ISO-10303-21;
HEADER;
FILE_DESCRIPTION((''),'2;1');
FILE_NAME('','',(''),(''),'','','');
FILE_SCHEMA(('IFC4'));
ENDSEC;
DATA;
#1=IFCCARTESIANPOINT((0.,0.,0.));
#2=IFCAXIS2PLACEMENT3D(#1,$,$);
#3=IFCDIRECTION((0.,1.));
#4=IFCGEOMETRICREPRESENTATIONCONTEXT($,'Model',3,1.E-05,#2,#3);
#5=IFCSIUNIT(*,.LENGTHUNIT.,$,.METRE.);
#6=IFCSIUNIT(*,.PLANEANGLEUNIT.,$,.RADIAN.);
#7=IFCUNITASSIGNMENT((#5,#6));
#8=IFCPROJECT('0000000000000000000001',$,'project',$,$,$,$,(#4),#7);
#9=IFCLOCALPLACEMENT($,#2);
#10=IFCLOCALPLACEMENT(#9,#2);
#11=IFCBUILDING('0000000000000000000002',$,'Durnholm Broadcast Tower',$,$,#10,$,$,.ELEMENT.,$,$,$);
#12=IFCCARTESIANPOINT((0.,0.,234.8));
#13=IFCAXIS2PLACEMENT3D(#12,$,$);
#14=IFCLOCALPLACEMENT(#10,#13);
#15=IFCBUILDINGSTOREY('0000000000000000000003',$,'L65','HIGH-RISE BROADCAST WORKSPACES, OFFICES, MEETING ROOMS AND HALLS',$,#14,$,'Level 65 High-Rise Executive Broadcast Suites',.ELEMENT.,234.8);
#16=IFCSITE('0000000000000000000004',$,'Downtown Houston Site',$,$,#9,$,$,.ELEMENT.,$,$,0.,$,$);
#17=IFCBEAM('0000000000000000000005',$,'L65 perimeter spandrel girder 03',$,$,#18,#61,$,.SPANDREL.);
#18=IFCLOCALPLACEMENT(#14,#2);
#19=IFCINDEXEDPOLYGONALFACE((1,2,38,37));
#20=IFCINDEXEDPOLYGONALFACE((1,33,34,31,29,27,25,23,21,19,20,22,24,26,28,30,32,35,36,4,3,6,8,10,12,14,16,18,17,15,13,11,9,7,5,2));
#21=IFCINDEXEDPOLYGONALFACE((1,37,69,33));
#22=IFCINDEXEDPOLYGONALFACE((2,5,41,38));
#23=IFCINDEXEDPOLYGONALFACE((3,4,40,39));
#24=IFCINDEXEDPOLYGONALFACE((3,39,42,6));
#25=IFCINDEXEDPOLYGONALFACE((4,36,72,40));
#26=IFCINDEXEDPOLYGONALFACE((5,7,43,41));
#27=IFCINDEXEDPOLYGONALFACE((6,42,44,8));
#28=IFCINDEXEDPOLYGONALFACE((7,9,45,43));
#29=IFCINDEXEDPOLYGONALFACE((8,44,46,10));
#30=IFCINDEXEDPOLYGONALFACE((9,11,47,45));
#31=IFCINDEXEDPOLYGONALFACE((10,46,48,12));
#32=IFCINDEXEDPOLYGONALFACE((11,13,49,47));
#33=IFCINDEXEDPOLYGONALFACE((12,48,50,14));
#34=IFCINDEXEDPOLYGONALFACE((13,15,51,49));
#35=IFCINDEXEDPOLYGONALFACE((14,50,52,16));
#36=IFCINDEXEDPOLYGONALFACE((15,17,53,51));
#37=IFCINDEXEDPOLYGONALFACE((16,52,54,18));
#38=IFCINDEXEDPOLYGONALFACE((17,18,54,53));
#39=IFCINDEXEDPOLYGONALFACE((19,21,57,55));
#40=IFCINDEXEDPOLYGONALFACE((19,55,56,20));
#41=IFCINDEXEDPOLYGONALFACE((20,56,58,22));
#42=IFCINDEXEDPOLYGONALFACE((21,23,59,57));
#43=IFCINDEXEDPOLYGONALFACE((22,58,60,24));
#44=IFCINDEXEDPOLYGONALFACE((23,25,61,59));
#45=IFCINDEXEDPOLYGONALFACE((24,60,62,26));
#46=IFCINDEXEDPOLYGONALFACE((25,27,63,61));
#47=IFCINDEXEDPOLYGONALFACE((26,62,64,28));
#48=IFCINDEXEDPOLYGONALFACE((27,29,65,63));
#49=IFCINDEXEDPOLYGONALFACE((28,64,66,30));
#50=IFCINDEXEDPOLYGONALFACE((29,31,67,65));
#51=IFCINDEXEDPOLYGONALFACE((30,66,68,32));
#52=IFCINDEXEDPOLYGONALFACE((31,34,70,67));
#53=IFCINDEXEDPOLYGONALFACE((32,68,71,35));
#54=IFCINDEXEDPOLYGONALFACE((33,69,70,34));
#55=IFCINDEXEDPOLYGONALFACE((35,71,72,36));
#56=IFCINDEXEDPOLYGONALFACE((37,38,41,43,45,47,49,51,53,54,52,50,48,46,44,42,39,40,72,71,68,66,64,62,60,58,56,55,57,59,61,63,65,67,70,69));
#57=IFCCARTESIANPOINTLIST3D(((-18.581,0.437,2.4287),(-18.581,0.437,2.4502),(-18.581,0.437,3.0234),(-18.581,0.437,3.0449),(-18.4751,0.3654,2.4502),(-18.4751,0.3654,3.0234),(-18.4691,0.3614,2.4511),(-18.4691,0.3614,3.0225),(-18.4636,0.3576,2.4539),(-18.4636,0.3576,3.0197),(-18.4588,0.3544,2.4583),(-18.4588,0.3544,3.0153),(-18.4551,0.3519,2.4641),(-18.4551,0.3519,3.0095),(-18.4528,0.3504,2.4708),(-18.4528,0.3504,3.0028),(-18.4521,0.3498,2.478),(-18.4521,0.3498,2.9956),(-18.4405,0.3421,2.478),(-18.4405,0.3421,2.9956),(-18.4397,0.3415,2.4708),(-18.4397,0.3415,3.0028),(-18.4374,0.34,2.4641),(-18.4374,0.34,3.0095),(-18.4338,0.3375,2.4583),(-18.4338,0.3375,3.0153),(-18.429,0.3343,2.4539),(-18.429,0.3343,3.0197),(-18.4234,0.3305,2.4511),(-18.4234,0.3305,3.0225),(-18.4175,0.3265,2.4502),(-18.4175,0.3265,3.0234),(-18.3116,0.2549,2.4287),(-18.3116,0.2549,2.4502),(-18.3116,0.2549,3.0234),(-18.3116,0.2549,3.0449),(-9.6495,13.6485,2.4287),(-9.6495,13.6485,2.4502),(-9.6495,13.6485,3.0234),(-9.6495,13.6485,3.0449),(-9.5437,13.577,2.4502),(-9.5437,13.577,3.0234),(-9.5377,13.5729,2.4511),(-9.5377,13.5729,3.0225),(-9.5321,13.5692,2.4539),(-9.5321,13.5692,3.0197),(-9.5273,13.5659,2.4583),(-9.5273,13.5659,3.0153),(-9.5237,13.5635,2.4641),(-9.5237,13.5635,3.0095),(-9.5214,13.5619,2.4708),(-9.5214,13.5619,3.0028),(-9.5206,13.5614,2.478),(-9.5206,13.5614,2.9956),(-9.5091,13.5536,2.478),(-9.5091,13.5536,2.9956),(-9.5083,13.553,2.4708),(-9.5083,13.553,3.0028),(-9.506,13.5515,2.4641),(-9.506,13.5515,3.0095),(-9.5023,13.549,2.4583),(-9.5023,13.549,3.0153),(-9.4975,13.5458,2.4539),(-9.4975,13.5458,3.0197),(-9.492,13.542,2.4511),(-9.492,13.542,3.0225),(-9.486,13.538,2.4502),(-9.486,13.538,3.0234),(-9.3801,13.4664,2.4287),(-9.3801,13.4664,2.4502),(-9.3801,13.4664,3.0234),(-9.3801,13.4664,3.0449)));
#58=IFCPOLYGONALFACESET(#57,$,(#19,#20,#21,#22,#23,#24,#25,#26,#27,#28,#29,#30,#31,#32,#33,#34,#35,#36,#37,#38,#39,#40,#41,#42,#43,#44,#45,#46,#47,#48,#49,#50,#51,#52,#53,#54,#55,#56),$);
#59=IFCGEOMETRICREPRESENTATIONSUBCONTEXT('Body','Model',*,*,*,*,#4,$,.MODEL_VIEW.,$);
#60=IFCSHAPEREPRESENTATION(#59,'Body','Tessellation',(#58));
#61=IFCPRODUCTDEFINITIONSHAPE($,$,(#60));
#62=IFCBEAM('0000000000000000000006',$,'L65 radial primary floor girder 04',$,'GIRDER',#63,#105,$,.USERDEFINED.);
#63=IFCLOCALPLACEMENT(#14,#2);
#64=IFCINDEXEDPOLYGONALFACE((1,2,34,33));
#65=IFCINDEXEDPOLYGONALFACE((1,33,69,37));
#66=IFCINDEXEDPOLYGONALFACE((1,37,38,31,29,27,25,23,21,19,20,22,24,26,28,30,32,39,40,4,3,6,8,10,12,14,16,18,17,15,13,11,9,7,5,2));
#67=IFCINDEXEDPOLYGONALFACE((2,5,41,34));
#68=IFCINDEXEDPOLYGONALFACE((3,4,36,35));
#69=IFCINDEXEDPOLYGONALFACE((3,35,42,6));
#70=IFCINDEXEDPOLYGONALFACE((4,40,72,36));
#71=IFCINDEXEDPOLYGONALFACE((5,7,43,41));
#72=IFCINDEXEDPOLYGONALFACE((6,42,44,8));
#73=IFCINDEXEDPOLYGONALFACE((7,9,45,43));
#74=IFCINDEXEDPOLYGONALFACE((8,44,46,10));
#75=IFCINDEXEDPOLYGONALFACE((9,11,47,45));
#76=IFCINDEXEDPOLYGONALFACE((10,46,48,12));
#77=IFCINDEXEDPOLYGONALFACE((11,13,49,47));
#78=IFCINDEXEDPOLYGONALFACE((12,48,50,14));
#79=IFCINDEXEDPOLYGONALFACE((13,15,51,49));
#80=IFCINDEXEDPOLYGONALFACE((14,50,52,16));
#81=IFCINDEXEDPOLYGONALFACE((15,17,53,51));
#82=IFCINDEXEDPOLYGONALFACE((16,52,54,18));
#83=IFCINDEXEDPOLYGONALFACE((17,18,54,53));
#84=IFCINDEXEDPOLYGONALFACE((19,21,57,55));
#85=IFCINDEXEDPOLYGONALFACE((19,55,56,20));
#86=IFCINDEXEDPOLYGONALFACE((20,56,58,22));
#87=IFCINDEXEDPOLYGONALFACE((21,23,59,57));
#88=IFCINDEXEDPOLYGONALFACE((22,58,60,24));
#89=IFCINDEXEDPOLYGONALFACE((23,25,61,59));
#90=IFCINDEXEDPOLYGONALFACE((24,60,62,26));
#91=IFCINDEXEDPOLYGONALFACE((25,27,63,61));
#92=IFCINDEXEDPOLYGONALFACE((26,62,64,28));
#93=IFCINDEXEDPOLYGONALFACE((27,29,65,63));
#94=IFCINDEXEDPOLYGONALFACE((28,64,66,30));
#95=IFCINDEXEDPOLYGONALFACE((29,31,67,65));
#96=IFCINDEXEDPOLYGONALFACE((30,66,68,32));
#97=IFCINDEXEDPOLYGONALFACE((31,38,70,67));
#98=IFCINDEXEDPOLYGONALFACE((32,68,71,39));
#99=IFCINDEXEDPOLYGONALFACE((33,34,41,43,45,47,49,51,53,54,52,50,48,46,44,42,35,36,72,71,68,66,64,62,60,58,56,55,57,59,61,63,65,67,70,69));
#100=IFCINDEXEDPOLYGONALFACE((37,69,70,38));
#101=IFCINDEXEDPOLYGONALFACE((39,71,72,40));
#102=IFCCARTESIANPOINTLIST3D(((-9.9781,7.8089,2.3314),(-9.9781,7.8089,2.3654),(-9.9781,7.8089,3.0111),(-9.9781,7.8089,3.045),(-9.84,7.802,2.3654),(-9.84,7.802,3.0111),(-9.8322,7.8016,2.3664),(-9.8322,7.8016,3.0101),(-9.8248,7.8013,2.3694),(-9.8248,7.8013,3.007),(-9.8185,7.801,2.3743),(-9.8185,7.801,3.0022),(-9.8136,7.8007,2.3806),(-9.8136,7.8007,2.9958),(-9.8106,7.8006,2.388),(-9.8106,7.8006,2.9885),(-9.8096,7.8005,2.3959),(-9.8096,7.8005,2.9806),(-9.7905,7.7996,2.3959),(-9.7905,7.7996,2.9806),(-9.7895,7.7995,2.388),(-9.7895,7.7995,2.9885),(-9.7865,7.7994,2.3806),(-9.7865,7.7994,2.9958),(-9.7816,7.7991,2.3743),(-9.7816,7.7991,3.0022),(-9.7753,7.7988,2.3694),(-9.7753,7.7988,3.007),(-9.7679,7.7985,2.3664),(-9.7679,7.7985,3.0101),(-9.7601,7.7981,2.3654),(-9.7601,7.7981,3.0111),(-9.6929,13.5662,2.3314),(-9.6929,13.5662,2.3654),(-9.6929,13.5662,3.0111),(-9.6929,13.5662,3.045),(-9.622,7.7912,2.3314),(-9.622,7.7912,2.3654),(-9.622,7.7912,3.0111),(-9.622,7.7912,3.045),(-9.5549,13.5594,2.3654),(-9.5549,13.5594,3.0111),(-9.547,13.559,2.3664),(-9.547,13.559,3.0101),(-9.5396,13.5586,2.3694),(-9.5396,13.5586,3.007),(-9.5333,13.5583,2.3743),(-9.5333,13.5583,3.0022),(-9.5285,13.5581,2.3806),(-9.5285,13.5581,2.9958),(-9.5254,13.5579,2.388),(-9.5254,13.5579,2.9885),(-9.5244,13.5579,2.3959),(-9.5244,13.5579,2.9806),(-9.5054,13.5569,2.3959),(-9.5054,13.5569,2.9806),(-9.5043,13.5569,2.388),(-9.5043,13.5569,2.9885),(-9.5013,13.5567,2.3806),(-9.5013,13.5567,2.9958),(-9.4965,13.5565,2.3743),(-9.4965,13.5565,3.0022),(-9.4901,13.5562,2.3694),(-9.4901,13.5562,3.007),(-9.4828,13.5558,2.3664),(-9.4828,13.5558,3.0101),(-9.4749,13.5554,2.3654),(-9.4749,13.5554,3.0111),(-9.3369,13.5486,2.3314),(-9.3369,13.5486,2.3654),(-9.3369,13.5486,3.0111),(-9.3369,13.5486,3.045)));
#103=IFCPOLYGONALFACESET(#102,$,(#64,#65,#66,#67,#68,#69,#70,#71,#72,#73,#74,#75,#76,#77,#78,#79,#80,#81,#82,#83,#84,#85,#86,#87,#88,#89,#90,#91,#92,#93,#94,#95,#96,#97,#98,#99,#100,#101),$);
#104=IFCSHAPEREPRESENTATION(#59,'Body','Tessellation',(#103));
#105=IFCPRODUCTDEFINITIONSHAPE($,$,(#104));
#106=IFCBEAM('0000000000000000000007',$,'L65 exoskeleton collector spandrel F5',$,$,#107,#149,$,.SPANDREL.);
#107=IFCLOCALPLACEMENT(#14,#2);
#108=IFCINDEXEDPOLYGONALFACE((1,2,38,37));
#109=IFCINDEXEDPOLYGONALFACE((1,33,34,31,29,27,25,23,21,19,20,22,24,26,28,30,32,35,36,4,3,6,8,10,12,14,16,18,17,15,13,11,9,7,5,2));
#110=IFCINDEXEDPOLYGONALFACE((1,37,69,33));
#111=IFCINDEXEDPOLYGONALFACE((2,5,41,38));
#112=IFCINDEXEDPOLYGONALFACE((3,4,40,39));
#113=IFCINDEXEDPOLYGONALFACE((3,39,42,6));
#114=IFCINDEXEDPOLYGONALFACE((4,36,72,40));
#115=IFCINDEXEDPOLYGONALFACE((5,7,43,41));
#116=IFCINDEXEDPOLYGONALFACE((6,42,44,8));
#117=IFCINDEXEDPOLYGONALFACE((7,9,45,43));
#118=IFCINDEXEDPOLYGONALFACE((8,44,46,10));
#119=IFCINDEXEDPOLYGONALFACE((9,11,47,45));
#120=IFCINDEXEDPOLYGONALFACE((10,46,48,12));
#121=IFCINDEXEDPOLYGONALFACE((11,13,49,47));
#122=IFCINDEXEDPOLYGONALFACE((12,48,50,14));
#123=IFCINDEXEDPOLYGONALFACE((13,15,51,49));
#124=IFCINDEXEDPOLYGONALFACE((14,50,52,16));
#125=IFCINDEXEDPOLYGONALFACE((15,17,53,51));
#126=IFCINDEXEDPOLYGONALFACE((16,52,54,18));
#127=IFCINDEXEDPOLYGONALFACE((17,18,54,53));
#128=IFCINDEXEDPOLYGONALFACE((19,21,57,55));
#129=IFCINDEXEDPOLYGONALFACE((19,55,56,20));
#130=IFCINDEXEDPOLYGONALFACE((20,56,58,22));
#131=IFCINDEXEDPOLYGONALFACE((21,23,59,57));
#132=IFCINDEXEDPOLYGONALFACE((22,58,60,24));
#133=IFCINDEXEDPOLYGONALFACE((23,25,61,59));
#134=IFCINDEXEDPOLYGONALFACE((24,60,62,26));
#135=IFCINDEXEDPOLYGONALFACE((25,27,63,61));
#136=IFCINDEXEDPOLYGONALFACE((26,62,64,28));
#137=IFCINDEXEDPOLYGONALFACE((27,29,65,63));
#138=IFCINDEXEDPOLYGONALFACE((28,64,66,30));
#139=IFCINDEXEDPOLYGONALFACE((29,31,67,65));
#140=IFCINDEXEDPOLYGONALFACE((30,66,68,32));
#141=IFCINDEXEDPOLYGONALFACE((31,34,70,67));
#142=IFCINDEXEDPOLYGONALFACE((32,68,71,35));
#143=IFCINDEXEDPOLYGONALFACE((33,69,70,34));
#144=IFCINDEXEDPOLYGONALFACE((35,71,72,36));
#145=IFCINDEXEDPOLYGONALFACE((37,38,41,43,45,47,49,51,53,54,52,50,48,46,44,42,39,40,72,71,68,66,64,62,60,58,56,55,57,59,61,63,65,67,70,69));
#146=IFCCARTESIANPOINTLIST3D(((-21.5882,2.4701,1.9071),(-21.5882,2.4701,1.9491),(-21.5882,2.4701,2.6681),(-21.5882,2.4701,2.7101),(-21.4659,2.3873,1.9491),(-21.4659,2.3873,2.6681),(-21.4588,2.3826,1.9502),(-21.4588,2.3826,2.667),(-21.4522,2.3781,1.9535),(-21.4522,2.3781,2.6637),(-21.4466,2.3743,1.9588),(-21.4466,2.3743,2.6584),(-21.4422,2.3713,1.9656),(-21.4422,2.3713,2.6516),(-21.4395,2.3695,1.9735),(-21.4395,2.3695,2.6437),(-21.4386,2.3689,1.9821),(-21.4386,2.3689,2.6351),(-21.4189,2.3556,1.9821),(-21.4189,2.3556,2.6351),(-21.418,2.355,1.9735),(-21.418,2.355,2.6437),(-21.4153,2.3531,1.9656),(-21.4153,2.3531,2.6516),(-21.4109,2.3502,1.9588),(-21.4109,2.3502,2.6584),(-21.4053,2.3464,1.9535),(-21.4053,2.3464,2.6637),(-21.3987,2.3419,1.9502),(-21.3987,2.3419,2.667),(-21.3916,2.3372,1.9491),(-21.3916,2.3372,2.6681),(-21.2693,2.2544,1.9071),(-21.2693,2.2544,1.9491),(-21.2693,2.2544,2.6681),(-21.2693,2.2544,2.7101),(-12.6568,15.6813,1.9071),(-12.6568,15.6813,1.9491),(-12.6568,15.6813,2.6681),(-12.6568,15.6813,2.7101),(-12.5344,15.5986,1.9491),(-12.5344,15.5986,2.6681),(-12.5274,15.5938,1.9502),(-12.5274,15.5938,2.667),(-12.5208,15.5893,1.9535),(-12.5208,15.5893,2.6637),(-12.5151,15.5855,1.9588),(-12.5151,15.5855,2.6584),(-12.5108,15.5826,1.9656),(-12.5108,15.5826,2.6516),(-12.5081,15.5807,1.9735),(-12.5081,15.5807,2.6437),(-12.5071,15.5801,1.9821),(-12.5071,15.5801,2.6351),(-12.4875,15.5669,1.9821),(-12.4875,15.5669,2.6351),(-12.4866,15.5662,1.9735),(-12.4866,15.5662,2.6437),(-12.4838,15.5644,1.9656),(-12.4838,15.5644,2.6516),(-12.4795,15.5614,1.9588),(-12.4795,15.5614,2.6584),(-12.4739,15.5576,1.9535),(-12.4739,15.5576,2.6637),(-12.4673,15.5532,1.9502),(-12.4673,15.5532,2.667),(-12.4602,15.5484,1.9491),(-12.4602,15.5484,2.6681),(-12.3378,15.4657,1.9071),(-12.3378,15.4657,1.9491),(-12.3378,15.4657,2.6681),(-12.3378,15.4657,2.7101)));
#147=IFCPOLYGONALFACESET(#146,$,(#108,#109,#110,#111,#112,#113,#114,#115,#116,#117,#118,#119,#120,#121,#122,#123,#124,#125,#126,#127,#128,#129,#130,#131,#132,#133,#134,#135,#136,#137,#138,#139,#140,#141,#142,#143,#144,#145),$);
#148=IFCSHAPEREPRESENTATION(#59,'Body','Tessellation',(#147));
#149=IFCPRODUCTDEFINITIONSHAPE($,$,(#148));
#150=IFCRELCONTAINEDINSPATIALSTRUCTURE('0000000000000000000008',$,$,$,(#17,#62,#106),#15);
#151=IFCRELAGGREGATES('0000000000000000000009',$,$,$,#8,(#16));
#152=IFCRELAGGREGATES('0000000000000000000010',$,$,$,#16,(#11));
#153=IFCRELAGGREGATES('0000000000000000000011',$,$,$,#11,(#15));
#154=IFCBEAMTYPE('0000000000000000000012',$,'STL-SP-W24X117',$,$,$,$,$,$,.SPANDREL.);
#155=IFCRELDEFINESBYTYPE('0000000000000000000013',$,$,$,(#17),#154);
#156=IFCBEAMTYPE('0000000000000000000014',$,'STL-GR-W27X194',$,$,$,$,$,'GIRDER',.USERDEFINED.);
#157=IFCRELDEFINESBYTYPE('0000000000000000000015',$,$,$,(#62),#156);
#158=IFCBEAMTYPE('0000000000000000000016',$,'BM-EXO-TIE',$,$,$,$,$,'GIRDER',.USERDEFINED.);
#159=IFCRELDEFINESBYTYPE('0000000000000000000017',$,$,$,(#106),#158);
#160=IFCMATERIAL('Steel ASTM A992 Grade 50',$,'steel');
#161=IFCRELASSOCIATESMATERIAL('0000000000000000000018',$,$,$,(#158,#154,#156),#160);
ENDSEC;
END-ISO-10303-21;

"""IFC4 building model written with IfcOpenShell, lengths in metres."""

from ifc_helpers import new_model, si_unit, direction, frame, origin, origin_2d, place, context, subcontext, project, spatial, i_section, extrude, source, transform, mapped, material, material_profile, profile_set, type_object, type_shapes, element, save


model = new_model("IFC4")

# Units and contexts
model_context = context("Model", 3, precision=1e-05, world=origin(), true_north=direction((0.0, 1.0)))
body_context = subcontext(model_context, "Body", "Model", "MODEL_VIEW")
ifc_project = project(units=[si_unit("LENGTHUNIT", "METRE"), si_unit("PLANEANGLEUNIT", "RADIAN")], contexts=[model_context])

# Site, building, storey
site_placement = place(None, origin())
site = spatial("IfcSite", under=ifc_project, at=site_placement, Name="Downtown Houston Site", CompositionType="ELEMENT", RefElevation=0.0)
building_placement = place(site_placement, origin())
building = spatial("IfcBuilding", under=site, at=building_placement, Name="Durnholm Broadcast Tower", CompositionType="ELEMENT")
storey_placement = place(building_placement, frame((0.0, 0.0, 234.8)))
storey = spatial("IfcBuildingStorey", under=building, at=storey_placement, Name="L65", Description="HIGH-RISE BROADCAST WORKSPACES, OFFICES, MEETING ROOMS AND HALLS", LongName="Level 65 High-Rise Executive Broadcast Suites", CompositionType="ELEMENT", Elevation=234.8)

# Beams
ifc_material_1 = material(Name="Steel ASTM A992 Grade 50", Category="steel")
ifc_material_profile_1 = material_profile(ifc_material_1, i_section(OverallWidth=0.385, OverallDepth=0.803, WebThickness=0.0237, FlangeThickness=0.042, FilletRadius=0.033, at=origin_2d()), Name="W30X261")
ifc_profile_set_1 = profile_set([ifc_material_profile_1], Name="Steel ASTM A992 Grade 50")
beam_type_1 = type_object("IfcBeamType", Name="BM-EXO-TIE", ElementType="GIRDER", PredefinedType="USERDEFINED", material=ifc_profile_set_1)
ifc_material_profile_2 = material_profile(ifc_material_1, i_section(OverallWidth=0.3252, OverallDepth=0.6162, WebThickness=0.0139, FlangeThickness=0.0215, FilletRadius=0.0278, at=origin_2d()), Name="W24X117")
ifc_profile_set_2 = profile_set([ifc_material_profile_2], Name="Steel ASTM A992 Grade 50")
beam_type_2 = type_object("IfcBeamType", Name="STL-SP-W24X117", PredefinedType="SPANDREL", material=ifc_profile_set_2)
shared_shape_1 = source(origin(), body_context, "Body", "SweptSolid", [
    extrude(i_section(OverallWidth=0.3252, OverallDepth=0.6162, WebThickness=0.0139, FlangeThickness=0.0215, FilletRadius=0.0278, at=origin_2d()), origin(), (0.0, 0.0, 1.0), 15.9473),
])
type_shapes(beam_type_2, [shared_shape_1])
beam_1_placement = place(storey_placement, frame((-18.4463, 0.3459, 2.7368), z_axis=(0.560062, 0.828451, 0.0), x_axis=(-0.828451, 0.560062, 0.0)))
element("IfcBeam", 1, at=beam_1_placement, inside=storey, type_object=beam_type_2, Name="L65 perimeter spandrel girder 03", PredefinedType="SPANDREL", context=body_context, shape_type="MappedRepresentation", body=[
    mapped(shared_shape_1, transform((0.0, 0.0, 0.0), x_axis=(1.0, 0.0, 0.0), y_axis=(0.0, 1.0, 0.0), z_axis=(0.0, 0.0, 1.0), scale=1.0)),
])
ifc_material_profile_3 = material_profile(ifc_material_1, i_section(OverallWidth=0.3564, OverallDepth=0.7136, WebThickness=0.019, FlangeThickness=0.0339, FilletRadius=0.0305, at=origin_2d()), Name="W27X194")
ifc_profile_set_3 = profile_set([ifc_material_profile_3], Name="Steel ASTM A992 Grade 50")
beam_type_3 = type_object("IfcBeamType", Name="STL-GR-W27X194", ElementType="GIRDER", PredefinedType="USERDEFINED", material=ifc_profile_set_3)
shared_shape_2 = source(origin(), body_context, "Body", "SweptSolid", [
    extrude(i_section(OverallWidth=0.3564, OverallDepth=0.7136, WebThickness=0.019, FlangeThickness=0.0339, FilletRadius=0.0305, at=origin_2d()), origin(), (0.0, 0.0, 1.0), 5.7644),
])
beam_2_placement = place(storey_placement, frame((-9.8, 7.8, 2.6882), z_axis=(0.049469, 0.998776, 0.0), x_axis=(-0.998776, 0.049469, 0.0)))
element("IfcBeam", 2, at=beam_2_placement, inside=storey, type_object=beam_type_3, Name="L65 radial primary floor girder 04", ObjectType="GIRDER", PredefinedType="USERDEFINED", context=body_context, shape_type="MappedRepresentation", body=[
    mapped(shared_shape_2, transform((0.0, 0.0, 0.0), x_axis=(1.0, 0.0, 0.0), y_axis=(0.0, 1.0, 0.0), z_axis=(0.0, 0.0, 1.0), scale=1.0)),
])
shared_shape_3 = source(origin(), body_context, "Body", "SweptSolid", [
    extrude(i_section(OverallWidth=0.385, OverallDepth=0.803, WebThickness=0.0237, FlangeThickness=0.042, FilletRadius=0.033, at=origin_2d()), origin(), (0.0, 0.0, 1.0), 15.947),
])
beam_3_placement = place(storey_placement, frame((-12.4973, 15.5735, 2.3086), z_axis=(-0.560069, -0.828446, 0.0), x_axis=(0.828446, -0.560069, 0.0)))
element("IfcBeam", 3, at=beam_3_placement, inside=storey, type_object=beam_type_1, Name="L65 exoskeleton collector spandrel F5", PredefinedType="SPANDREL", context=body_context, shape_type="MappedRepresentation", body=[
    mapped(shared_shape_3, transform((0.0, 0.0, 0.0), x_axis=(1.0, 0.0, 0.0), y_axis=(0.0, 1.0, 0.0), z_axis=(0.0, 0.0, 1.0), scale=1.0)),
])

save(model, "model.ifc")
